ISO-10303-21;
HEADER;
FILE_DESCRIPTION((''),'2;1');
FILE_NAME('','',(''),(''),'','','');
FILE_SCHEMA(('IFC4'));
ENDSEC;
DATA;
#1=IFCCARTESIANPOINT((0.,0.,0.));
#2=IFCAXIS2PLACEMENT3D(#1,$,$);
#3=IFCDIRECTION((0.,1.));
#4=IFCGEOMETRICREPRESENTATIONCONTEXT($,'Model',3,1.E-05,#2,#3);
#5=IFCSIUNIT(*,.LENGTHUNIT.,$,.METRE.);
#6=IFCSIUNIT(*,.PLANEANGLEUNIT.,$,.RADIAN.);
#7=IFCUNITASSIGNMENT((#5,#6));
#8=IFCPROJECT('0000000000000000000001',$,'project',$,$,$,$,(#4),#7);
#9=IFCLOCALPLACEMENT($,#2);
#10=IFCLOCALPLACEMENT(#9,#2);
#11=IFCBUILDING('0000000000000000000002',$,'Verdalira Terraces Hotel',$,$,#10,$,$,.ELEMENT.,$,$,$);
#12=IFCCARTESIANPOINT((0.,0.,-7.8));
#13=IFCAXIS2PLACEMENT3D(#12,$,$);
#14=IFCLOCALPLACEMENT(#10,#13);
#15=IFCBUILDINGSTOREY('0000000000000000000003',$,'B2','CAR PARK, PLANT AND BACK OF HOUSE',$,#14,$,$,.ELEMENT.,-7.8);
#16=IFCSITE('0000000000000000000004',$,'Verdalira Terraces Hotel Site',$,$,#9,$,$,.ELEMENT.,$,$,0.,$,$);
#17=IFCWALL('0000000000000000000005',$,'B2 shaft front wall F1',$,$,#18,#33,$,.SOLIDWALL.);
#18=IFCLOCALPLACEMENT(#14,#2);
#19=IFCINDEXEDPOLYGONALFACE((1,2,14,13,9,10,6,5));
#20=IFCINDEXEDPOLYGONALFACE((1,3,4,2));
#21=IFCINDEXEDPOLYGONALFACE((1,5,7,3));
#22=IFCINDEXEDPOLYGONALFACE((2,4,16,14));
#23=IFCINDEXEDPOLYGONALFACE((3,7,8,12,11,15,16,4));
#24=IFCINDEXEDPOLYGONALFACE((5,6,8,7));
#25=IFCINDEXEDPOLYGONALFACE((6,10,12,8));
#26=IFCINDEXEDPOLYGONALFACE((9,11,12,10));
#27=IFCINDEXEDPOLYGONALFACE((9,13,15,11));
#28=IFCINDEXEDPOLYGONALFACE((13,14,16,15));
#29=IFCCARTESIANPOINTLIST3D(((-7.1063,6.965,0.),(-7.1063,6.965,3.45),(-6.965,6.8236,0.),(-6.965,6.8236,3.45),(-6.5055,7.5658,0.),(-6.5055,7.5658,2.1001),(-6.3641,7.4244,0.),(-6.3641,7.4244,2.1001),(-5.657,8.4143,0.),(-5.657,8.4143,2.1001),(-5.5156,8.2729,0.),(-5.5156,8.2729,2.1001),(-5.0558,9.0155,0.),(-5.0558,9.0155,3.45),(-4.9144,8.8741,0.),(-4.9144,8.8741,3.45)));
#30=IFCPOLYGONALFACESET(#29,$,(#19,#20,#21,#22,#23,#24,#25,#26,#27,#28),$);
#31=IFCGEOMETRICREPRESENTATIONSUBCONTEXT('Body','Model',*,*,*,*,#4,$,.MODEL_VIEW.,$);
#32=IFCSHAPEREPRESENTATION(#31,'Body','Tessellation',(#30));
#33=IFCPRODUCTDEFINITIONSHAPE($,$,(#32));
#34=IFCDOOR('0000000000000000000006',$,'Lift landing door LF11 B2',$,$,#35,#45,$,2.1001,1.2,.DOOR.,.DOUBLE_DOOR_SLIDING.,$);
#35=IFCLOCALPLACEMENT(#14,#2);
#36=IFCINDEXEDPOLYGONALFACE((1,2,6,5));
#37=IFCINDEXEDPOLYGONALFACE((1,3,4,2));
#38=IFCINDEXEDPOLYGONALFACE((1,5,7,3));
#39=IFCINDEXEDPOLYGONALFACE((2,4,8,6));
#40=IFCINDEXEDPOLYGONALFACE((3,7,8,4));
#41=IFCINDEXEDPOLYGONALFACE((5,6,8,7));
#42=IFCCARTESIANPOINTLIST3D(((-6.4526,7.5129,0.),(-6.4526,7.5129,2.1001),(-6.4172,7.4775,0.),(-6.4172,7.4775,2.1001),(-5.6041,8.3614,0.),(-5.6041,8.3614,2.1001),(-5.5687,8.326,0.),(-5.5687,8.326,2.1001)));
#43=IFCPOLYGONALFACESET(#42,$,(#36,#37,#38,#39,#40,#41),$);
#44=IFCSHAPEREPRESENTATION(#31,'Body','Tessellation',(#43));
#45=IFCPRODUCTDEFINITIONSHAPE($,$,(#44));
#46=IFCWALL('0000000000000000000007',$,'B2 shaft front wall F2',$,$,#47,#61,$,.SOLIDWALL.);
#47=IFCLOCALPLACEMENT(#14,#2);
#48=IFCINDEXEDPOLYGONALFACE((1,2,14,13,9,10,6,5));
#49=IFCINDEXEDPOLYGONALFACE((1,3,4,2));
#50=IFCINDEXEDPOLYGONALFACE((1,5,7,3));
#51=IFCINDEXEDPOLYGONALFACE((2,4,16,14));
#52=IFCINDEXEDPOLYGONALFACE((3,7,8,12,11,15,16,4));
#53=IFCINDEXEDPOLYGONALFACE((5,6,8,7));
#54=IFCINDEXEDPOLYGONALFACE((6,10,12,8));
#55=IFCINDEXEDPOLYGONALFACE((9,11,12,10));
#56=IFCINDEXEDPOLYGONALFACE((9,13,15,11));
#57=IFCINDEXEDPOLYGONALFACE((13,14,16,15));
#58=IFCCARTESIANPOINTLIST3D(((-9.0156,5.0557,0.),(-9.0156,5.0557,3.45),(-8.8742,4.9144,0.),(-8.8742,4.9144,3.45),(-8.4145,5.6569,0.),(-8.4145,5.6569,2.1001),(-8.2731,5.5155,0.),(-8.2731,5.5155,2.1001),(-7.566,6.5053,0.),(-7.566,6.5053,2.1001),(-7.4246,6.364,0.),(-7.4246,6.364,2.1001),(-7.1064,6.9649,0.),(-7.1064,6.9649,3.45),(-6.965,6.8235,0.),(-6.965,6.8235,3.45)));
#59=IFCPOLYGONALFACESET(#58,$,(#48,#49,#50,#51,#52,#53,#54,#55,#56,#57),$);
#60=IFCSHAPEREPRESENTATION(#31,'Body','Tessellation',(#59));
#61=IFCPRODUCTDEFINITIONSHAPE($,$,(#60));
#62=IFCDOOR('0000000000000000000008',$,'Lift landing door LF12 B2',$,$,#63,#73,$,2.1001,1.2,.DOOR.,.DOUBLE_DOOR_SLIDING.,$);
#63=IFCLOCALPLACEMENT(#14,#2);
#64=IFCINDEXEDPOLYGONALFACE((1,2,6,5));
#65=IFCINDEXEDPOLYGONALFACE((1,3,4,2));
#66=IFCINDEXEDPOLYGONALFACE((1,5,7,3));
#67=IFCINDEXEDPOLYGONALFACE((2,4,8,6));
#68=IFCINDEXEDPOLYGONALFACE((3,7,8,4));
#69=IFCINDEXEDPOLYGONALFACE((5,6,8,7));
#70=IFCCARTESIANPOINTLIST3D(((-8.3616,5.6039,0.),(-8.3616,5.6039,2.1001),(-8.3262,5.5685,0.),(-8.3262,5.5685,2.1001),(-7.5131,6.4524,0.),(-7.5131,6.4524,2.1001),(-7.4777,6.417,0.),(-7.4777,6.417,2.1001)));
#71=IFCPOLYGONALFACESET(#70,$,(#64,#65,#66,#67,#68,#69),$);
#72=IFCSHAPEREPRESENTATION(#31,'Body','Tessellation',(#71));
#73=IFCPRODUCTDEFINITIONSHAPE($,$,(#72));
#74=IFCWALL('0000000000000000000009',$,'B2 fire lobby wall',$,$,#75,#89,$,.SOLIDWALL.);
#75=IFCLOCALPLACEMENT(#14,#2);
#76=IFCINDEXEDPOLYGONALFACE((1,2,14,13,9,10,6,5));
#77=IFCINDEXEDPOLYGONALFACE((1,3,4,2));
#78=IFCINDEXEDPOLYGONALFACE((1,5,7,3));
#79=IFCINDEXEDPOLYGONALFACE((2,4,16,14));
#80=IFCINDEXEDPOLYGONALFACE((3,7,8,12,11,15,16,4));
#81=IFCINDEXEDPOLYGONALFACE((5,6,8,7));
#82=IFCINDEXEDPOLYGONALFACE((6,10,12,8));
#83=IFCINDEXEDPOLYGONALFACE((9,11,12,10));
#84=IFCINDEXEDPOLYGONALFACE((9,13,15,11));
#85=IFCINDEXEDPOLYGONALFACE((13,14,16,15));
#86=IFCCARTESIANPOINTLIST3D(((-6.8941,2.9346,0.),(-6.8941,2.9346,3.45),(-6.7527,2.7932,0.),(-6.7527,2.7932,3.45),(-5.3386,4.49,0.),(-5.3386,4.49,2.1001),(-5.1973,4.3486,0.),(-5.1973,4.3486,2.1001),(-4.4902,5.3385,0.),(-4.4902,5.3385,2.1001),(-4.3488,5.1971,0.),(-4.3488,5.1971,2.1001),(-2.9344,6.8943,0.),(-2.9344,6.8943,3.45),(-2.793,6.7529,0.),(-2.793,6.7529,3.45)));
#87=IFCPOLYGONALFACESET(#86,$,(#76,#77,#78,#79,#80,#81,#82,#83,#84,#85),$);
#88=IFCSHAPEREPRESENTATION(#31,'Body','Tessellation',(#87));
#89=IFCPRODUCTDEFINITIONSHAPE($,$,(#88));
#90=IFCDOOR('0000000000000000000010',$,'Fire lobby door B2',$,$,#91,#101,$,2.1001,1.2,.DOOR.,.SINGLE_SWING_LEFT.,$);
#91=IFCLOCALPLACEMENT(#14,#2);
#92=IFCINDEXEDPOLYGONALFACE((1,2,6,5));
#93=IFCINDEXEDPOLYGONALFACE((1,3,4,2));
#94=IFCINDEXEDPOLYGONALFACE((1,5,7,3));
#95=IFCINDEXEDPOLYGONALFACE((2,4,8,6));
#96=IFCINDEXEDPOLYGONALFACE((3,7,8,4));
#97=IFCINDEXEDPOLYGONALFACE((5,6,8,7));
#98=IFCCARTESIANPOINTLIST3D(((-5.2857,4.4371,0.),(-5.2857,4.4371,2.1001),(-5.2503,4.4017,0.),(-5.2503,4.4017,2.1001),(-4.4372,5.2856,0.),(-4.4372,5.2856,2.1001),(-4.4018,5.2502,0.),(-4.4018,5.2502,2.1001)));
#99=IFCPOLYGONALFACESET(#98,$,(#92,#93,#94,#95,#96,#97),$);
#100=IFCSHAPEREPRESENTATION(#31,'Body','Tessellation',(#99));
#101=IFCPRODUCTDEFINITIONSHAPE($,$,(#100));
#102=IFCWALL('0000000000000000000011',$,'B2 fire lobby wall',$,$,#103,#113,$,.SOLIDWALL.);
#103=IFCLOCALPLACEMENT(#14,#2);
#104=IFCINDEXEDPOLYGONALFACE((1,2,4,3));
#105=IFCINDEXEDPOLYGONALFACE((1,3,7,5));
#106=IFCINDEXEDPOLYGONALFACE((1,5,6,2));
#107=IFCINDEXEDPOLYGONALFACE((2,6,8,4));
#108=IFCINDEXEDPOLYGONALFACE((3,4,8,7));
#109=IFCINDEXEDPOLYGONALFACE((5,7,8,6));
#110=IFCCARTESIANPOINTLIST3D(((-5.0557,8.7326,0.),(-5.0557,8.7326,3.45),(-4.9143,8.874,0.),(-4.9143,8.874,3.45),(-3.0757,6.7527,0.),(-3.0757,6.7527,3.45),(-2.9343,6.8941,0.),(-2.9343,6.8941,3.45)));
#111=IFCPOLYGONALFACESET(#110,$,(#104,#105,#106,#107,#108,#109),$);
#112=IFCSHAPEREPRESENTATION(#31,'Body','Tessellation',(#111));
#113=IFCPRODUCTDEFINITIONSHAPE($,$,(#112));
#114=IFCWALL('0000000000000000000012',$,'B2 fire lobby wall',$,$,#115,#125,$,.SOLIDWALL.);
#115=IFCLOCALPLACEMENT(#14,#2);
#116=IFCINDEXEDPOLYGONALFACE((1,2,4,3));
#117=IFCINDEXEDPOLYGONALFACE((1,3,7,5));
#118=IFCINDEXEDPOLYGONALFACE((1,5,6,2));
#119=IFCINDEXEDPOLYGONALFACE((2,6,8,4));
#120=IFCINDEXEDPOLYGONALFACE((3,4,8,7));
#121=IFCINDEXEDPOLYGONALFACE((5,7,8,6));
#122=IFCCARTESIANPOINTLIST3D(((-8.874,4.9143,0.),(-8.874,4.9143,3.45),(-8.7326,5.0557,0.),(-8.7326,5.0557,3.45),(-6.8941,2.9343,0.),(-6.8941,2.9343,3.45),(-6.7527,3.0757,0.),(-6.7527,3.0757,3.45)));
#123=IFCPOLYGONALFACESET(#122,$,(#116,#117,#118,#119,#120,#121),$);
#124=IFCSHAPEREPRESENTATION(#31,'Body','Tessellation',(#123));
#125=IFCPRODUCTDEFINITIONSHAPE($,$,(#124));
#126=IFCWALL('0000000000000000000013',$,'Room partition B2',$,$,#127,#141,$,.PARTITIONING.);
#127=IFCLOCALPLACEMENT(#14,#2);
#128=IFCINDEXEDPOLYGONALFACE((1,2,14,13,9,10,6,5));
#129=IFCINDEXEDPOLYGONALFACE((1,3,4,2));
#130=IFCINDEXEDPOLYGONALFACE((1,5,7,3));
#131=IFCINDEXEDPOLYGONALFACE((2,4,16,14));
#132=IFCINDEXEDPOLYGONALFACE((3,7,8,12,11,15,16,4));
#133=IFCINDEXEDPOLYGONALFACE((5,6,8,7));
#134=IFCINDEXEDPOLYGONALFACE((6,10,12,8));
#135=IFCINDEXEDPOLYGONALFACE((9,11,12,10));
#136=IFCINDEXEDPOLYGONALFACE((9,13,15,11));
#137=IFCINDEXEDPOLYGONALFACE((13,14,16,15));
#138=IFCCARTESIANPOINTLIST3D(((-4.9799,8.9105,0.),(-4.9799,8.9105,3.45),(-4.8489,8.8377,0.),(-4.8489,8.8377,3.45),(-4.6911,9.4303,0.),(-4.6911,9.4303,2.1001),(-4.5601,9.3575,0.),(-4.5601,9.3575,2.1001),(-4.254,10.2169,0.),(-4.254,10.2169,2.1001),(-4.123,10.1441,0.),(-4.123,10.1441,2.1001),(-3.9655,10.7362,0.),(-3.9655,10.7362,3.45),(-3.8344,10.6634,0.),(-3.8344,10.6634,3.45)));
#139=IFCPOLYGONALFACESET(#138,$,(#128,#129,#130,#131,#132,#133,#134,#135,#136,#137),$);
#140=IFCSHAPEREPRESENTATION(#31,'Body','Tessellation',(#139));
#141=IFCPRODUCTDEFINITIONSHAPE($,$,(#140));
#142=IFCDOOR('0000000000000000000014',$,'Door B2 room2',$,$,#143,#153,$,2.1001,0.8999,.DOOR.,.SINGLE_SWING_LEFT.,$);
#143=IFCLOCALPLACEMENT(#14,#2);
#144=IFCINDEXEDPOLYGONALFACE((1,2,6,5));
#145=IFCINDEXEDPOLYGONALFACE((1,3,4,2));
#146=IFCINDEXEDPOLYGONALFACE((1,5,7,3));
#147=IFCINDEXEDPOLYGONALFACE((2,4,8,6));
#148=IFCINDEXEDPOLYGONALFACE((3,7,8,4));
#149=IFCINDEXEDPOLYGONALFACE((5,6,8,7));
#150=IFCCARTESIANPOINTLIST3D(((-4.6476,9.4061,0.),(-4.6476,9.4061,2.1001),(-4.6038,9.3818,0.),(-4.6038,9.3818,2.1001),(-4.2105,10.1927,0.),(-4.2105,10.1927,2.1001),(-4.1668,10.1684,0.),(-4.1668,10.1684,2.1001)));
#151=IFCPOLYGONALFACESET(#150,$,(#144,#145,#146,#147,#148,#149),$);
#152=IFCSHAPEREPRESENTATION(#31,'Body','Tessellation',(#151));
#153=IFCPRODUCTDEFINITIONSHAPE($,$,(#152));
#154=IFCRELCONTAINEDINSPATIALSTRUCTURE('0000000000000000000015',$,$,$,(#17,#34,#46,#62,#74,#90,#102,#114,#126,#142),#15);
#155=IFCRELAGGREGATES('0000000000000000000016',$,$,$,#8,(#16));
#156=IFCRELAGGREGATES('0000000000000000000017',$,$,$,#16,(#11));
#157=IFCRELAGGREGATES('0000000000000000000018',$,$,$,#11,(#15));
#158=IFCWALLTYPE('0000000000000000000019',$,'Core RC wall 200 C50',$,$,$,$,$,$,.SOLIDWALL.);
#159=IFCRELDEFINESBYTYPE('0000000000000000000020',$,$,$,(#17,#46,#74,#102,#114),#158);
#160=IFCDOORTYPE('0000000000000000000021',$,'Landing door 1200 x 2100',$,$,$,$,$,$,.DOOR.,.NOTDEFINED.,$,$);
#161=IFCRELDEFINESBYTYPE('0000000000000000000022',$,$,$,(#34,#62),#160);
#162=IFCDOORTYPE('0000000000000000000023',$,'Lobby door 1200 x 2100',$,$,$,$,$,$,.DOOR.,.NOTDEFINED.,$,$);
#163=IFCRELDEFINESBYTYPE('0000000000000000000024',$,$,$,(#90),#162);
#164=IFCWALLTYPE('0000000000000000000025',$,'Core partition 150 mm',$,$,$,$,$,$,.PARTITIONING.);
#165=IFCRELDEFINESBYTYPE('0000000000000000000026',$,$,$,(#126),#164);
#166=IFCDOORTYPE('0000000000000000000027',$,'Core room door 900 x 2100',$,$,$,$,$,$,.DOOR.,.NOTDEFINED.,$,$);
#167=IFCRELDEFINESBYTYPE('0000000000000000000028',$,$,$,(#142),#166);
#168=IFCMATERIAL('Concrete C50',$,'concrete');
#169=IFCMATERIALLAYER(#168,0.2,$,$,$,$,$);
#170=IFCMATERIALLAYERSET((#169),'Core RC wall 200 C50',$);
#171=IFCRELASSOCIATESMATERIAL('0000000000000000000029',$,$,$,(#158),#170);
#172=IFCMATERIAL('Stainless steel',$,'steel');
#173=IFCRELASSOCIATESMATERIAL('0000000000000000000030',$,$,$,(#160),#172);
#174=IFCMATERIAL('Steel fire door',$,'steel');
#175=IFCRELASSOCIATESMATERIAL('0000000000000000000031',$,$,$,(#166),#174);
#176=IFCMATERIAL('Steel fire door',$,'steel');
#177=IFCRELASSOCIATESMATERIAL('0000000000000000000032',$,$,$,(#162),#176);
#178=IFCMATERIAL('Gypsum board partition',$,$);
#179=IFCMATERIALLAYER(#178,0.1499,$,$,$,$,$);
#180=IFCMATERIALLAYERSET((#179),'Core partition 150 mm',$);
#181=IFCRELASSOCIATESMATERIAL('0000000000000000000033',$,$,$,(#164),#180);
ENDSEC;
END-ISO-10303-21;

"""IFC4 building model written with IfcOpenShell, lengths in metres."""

from ifc_helpers import new_model, si_unit, direction, frame, frame_2d, origin, place, context, subcontext, project, spatial, rectangle, extrude, material, layer, layer_set, type_object, element, fill, save


model = new_model("IFC4")

# Units and contexts
model_context = context("Model", 3, precision=1e-05, world=origin(), true_north=direction((0.0, 1.0)))
body_context = subcontext(model_context, "Body", "Model", "MODEL_VIEW")
ifc_project = project(units=[si_unit("LENGTHUNIT", "METRE"), si_unit("PLANEANGLEUNIT", "RADIAN")], contexts=[model_context])

# Site, building, storey
site_placement = place(None, origin())
site = spatial("IfcSite", under=ifc_project, at=site_placement, Name="Verdalira Terraces Hotel Site", CompositionType="ELEMENT", RefElevation=0.0)
building_placement = place(site_placement, origin())
building = spatial("IfcBuilding", under=site, at=building_placement, Name="Verdalira Terraces Hotel", CompositionType="ELEMENT")
storey_placement = place(building_placement, frame((0.0, 0.0, -7.8)))
storey = spatial("IfcBuildingStorey", under=building, at=storey_placement, Name="B2", Description="CAR PARK, PLANT AND BACK OF HOUSE", CompositionType="ELEMENT", Elevation=-7.8)

# Shared definitions
ifc_material_1 = material(Name="Concrete C50", Category="concrete")
ifc_layer_1 = layer(ifc_material_1, 0.2)
ifc_layer_set_1 = layer_set([ifc_layer_1], Name="Core RC wall 200 C50")
wall_type_1 = type_object("IfcWallType", Name="Core RC wall 200 C50", PredefinedType="SOLIDWALL", material=ifc_layer_set_1)
ifc_material_2 = material(Name="Stainless steel", Category="steel")
door_type_1 = type_object("IfcDoorType", Name="Landing door 1200 x 2100", OperationType="NOTDEFINED", PredefinedType="DOOR", material=ifc_material_2)
ifc_material_3 = material(Name="Steel fire door", Category="steel")
door_type_2 = type_object("IfcDoorType", Name="Core room door 900 x 2100", OperationType="NOTDEFINED", PredefinedType="DOOR", material=ifc_material_3)

# Walls, openings, doors
wall_1_placement = place(storey_placement, frame((-4.9851, 8.9448, 0.0), z_axis=(0.0, 0.0, 1.0), x_axis=(-0.707107, -0.707107, 0.0)))
wall_1 = element("IfcWall", 1, at=wall_1_placement, inside=storey, type_object=wall_type_1, Name="B2 shaft front wall F1", PredefinedType="SOLIDWALL", context=body_context, shape_type="SweptSolid", body=[
    extrude(rectangle(XDim=2.8999, YDim=0.2, at=frame_2d((1.45, 0.0))), origin(), (0.0, 0.0, 1.0), 3.45),
])
opening_1_placement = place(wall_1_placement, frame((0.8501, 0.0, 0.0)))
opening_1 = element("IfcOpeningElement", 2, at=opening_1_placement, cuts=wall_1, PredefinedType="OPENING", context=body_context, shape_type="SweptSolid", body=[
    extrude(rectangle(XDim=1.2, YDim=2.1001, at=frame_2d((0.6001, 1.05))), frame((0.0, 0.1099, 0.0), z_axis=(0.0, -1.0, 0.0), x_axis=(1.0, 0.0, 0.0)), (0.0, 0.0, 1.0), 0.22),
])
door_1_placement = place(opening_1_placement, origin())
door_1 = element("IfcDoor", 3, at=door_1_placement, inside=storey, type_object=door_type_1, Name="Lift landing door LF11 B2", OperationType="DOUBLE_DOOR_SLIDING", OverallHeight=2.1001, OverallWidth=1.2, PredefinedType="DOOR", context=body_context, shape_type="SweptSolid", body=[
    extrude(rectangle(XDim=1.2, YDim=2.1001, at=frame_2d((0.6001, 1.05))), frame((0.0, 0.0249, 0.0), z_axis=(0.0, -1.0, 0.0), x_axis=(1.0, 0.0, 0.0)), (0.0, 0.0, 1.0), 0.05),
])
fill(opening_1, door_1)
wall_2_placement = place(storey_placement, frame((-7.0356, 6.8943, 0.0), z_axis=(0.0, 0.0, 1.0), x_axis=(-0.707107, -0.707107, 0.0)))
wall_2 = element("IfcWall", 4, at=wall_2_placement, inside=storey, type_object=wall_type_1, Name="B2 shaft front wall F2", PredefinedType="SOLIDWALL", context=body_context, shape_type="SweptSolid", body=[
    extrude(rectangle(XDim=2.7, YDim=0.2, at=frame_2d((1.3501, 0.0))), origin(), (0.0, 0.0, 1.0), 3.45),
])
opening_2_placement = place(wall_2_placement, frame((0.6499, 0.0, 0.0)))
opening_2 = element("IfcOpeningElement", 5, at=opening_2_placement, cuts=wall_2, PredefinedType="OPENING", context=body_context, shape_type="SweptSolid", body=[
    extrude(rectangle(XDim=1.2, YDim=2.1001, at=frame_2d((0.6001, 1.05))), frame((0.0, 0.1099, 0.0), z_axis=(0.0, -1.0, 0.0), x_axis=(1.0, 0.0, 0.0)), (0.0, 0.0, 1.0), 0.22),
])
door_2_placement = place(opening_2_placement, origin())
door_2 = element("IfcDoor", 6, at=door_2_placement, inside=storey, type_object=door_type_1, Name="Lift landing door LF12 B2", OperationType="DOUBLE_DOOR_SLIDING", OverallHeight=2.1001, OverallWidth=1.2, PredefinedType="DOOR", context=body_context, shape_type="SweptSolid", body=[
    extrude(rectangle(XDim=1.2, YDim=2.1001, at=frame_2d((0.6001, 1.05))), frame((0.0, 0.0249, 0.0), z_axis=(0.0, -1.0, 0.0), x_axis=(1.0, 0.0, 0.0)), (0.0, 0.0, 1.0), 0.05),
])
fill(opening_2, door_2)
wall_3_placement = place(storey_placement, frame((-2.8638, 6.8235, 0.0), z_axis=(0.0, 0.0, 1.0), x_axis=(-0.707107, -0.707107, 0.0)))
wall_3 = element("IfcWall", 7, at=wall_3_placement, inside=storey, type_object=wall_type_1, Name="B2 fire lobby wall", PredefinedType="SOLIDWALL", context=body_context, shape_type="SweptSolid", body=[
    extrude(rectangle(XDim=5.5999, YDim=0.2, at=frame_2d((2.7998, 0.0))), origin(), (0.0, 0.0, 1.0), 3.45),
])
opening_3_placement = place(wall_3_placement, frame((2.2, 0.0, 0.0)))
opening_3 = element("IfcOpeningElement", 8, at=opening_3_placement, cuts=wall_3, PredefinedType="OPENING", context=body_context, shape_type="SweptSolid", body=[
    extrude(rectangle(XDim=1.2, YDim=2.1001, at=frame_2d((0.6001, 1.05))), frame((0.0, 0.1099, 0.0), z_axis=(0.0, -1.0, 0.0), x_axis=(1.0, 0.0, 0.0)), (0.0, 0.0, 1.0), 0.22),
])
ifc_material_4 = material(Name="Steel fire door", Category="steel")
door_type_3 = type_object("IfcDoorType", Name="Lobby door 1200 x 2100", OperationType="NOTDEFINED", PredefinedType="DOOR", material=ifc_material_4)
door_3_placement = place(opening_3_placement, origin())
door_3 = element("IfcDoor", 9, at=door_3_placement, inside=storey, type_object=door_type_3, Name="Fire lobby door B2", OperationType="SINGLE_SWING_LEFT", OverallHeight=2.1001, OverallWidth=1.2, PredefinedType="DOOR", context=body_context, shape_type="SweptSolid", body=[
    extrude(rectangle(XDim=1.2, YDim=2.1001, at=frame_2d((0.6001, 1.05))), frame((0.0, 0.0249, 0.0), z_axis=(0.0, -1.0, 0.0), x_axis=(1.0, 0.0, 0.0)), (0.0, 0.0, 1.0), 0.05),
])
fill(opening_3, door_3)

# Walls
for number, where, z_axis, x_axis, name in (
    (10, (-3.0051, 6.8235, 0.0), (0.0, 0.0, 1.0), (-0.707107, 0.707107, 0.0), "B2 fire lobby wall"),
    (11, (-6.8235, 3.0051, 0.0), (0.0, 0.0, 1.0), (-0.707107, 0.707107, 0.0), "B2 fire lobby wall"),
):
    element("IfcWall", number, at=place(storey_placement, frame(where, z_axis=z_axis, x_axis=x_axis)), inside=storey, type_object=wall_type_1, Name=name, PredefinedType="SOLIDWALL", context=body_context, shape_type="SweptSolid", body=[
        extrude(rectangle(XDim=2.8, YDim=0.2, at=frame_2d((1.3999, 0.0))), origin(), (0.0, 0.0, 1.0), 3.45),
    ])

# Wall, opening, door
ifc_material_5 = material(Name="Gypsum board partition")
ifc_layer_2 = layer(ifc_material_5, 0.1499)
ifc_layer_set_2 = layer_set([ifc_layer_2], Name="Core partition 150 mm")
wall_type_2 = type_object("IfcWallType", Name="Core partition 150 mm", PredefinedType="PARTITIONING", material=ifc_layer_set_2)
wall_4_placement = place(storey_placement, frame((-3.8999, 10.7, 0.0), z_axis=(0.0, 0.0, 1.0), x_axis=(-0.485693, -0.87413, 0.0)))
wall_4 = element("IfcWall", 12, at=wall_4_placement, inside=storey, type_object=wall_type_2, Name="Room partition B2", PredefinedType="PARTITIONING", context=body_context, shape_type="SweptSolid", body=[
    extrude(rectangle(XDim=2.0886, YDim=0.1499, at=frame_2d((1.0444, 0.0))), origin(), (0.0, 0.0, 1.0), 3.45),
])
opening_4_placement = place(wall_4_placement, frame((0.5942, 0.0, 0.0)))
opening_4 = element("IfcOpeningElement", 13, at=opening_4_placement, cuts=wall_4, PredefinedType="OPENING", context=body_context, shape_type="SweptSolid", body=[
    extrude(rectangle(XDim=0.8999, YDim=2.1001, at=frame_2d((0.45, 1.05))), frame((0.0, 0.085, 0.0), z_axis=(0.0, -1.0, 0.0), x_axis=(1.0, 0.0, 0.0)), (0.0, 0.0, 1.0), 0.1699),
])
door_4_placement = place(opening_4_placement, origin())
door_4 = element("IfcDoor", 14, at=door_4_placement, inside=storey, type_object=door_type_2, Name="Door B2 room2", OperationType="SINGLE_SWING_LEFT", OverallHeight=2.1001, OverallWidth=0.8999, PredefinedType="DOOR", context=body_context, shape_type="SweptSolid", body=[
    extrude(rectangle(XDim=0.8999, YDim=2.1001, at=frame_2d((0.45, 1.05))), frame((0.0, 0.0249, 0.0), z_axis=(0.0, -1.0, 0.0), x_axis=(1.0, 0.0, 0.0)), (0.0, 0.0, 1.0), 0.05),
])
fill(opening_4, door_4)

save(model, "model.ifc")
